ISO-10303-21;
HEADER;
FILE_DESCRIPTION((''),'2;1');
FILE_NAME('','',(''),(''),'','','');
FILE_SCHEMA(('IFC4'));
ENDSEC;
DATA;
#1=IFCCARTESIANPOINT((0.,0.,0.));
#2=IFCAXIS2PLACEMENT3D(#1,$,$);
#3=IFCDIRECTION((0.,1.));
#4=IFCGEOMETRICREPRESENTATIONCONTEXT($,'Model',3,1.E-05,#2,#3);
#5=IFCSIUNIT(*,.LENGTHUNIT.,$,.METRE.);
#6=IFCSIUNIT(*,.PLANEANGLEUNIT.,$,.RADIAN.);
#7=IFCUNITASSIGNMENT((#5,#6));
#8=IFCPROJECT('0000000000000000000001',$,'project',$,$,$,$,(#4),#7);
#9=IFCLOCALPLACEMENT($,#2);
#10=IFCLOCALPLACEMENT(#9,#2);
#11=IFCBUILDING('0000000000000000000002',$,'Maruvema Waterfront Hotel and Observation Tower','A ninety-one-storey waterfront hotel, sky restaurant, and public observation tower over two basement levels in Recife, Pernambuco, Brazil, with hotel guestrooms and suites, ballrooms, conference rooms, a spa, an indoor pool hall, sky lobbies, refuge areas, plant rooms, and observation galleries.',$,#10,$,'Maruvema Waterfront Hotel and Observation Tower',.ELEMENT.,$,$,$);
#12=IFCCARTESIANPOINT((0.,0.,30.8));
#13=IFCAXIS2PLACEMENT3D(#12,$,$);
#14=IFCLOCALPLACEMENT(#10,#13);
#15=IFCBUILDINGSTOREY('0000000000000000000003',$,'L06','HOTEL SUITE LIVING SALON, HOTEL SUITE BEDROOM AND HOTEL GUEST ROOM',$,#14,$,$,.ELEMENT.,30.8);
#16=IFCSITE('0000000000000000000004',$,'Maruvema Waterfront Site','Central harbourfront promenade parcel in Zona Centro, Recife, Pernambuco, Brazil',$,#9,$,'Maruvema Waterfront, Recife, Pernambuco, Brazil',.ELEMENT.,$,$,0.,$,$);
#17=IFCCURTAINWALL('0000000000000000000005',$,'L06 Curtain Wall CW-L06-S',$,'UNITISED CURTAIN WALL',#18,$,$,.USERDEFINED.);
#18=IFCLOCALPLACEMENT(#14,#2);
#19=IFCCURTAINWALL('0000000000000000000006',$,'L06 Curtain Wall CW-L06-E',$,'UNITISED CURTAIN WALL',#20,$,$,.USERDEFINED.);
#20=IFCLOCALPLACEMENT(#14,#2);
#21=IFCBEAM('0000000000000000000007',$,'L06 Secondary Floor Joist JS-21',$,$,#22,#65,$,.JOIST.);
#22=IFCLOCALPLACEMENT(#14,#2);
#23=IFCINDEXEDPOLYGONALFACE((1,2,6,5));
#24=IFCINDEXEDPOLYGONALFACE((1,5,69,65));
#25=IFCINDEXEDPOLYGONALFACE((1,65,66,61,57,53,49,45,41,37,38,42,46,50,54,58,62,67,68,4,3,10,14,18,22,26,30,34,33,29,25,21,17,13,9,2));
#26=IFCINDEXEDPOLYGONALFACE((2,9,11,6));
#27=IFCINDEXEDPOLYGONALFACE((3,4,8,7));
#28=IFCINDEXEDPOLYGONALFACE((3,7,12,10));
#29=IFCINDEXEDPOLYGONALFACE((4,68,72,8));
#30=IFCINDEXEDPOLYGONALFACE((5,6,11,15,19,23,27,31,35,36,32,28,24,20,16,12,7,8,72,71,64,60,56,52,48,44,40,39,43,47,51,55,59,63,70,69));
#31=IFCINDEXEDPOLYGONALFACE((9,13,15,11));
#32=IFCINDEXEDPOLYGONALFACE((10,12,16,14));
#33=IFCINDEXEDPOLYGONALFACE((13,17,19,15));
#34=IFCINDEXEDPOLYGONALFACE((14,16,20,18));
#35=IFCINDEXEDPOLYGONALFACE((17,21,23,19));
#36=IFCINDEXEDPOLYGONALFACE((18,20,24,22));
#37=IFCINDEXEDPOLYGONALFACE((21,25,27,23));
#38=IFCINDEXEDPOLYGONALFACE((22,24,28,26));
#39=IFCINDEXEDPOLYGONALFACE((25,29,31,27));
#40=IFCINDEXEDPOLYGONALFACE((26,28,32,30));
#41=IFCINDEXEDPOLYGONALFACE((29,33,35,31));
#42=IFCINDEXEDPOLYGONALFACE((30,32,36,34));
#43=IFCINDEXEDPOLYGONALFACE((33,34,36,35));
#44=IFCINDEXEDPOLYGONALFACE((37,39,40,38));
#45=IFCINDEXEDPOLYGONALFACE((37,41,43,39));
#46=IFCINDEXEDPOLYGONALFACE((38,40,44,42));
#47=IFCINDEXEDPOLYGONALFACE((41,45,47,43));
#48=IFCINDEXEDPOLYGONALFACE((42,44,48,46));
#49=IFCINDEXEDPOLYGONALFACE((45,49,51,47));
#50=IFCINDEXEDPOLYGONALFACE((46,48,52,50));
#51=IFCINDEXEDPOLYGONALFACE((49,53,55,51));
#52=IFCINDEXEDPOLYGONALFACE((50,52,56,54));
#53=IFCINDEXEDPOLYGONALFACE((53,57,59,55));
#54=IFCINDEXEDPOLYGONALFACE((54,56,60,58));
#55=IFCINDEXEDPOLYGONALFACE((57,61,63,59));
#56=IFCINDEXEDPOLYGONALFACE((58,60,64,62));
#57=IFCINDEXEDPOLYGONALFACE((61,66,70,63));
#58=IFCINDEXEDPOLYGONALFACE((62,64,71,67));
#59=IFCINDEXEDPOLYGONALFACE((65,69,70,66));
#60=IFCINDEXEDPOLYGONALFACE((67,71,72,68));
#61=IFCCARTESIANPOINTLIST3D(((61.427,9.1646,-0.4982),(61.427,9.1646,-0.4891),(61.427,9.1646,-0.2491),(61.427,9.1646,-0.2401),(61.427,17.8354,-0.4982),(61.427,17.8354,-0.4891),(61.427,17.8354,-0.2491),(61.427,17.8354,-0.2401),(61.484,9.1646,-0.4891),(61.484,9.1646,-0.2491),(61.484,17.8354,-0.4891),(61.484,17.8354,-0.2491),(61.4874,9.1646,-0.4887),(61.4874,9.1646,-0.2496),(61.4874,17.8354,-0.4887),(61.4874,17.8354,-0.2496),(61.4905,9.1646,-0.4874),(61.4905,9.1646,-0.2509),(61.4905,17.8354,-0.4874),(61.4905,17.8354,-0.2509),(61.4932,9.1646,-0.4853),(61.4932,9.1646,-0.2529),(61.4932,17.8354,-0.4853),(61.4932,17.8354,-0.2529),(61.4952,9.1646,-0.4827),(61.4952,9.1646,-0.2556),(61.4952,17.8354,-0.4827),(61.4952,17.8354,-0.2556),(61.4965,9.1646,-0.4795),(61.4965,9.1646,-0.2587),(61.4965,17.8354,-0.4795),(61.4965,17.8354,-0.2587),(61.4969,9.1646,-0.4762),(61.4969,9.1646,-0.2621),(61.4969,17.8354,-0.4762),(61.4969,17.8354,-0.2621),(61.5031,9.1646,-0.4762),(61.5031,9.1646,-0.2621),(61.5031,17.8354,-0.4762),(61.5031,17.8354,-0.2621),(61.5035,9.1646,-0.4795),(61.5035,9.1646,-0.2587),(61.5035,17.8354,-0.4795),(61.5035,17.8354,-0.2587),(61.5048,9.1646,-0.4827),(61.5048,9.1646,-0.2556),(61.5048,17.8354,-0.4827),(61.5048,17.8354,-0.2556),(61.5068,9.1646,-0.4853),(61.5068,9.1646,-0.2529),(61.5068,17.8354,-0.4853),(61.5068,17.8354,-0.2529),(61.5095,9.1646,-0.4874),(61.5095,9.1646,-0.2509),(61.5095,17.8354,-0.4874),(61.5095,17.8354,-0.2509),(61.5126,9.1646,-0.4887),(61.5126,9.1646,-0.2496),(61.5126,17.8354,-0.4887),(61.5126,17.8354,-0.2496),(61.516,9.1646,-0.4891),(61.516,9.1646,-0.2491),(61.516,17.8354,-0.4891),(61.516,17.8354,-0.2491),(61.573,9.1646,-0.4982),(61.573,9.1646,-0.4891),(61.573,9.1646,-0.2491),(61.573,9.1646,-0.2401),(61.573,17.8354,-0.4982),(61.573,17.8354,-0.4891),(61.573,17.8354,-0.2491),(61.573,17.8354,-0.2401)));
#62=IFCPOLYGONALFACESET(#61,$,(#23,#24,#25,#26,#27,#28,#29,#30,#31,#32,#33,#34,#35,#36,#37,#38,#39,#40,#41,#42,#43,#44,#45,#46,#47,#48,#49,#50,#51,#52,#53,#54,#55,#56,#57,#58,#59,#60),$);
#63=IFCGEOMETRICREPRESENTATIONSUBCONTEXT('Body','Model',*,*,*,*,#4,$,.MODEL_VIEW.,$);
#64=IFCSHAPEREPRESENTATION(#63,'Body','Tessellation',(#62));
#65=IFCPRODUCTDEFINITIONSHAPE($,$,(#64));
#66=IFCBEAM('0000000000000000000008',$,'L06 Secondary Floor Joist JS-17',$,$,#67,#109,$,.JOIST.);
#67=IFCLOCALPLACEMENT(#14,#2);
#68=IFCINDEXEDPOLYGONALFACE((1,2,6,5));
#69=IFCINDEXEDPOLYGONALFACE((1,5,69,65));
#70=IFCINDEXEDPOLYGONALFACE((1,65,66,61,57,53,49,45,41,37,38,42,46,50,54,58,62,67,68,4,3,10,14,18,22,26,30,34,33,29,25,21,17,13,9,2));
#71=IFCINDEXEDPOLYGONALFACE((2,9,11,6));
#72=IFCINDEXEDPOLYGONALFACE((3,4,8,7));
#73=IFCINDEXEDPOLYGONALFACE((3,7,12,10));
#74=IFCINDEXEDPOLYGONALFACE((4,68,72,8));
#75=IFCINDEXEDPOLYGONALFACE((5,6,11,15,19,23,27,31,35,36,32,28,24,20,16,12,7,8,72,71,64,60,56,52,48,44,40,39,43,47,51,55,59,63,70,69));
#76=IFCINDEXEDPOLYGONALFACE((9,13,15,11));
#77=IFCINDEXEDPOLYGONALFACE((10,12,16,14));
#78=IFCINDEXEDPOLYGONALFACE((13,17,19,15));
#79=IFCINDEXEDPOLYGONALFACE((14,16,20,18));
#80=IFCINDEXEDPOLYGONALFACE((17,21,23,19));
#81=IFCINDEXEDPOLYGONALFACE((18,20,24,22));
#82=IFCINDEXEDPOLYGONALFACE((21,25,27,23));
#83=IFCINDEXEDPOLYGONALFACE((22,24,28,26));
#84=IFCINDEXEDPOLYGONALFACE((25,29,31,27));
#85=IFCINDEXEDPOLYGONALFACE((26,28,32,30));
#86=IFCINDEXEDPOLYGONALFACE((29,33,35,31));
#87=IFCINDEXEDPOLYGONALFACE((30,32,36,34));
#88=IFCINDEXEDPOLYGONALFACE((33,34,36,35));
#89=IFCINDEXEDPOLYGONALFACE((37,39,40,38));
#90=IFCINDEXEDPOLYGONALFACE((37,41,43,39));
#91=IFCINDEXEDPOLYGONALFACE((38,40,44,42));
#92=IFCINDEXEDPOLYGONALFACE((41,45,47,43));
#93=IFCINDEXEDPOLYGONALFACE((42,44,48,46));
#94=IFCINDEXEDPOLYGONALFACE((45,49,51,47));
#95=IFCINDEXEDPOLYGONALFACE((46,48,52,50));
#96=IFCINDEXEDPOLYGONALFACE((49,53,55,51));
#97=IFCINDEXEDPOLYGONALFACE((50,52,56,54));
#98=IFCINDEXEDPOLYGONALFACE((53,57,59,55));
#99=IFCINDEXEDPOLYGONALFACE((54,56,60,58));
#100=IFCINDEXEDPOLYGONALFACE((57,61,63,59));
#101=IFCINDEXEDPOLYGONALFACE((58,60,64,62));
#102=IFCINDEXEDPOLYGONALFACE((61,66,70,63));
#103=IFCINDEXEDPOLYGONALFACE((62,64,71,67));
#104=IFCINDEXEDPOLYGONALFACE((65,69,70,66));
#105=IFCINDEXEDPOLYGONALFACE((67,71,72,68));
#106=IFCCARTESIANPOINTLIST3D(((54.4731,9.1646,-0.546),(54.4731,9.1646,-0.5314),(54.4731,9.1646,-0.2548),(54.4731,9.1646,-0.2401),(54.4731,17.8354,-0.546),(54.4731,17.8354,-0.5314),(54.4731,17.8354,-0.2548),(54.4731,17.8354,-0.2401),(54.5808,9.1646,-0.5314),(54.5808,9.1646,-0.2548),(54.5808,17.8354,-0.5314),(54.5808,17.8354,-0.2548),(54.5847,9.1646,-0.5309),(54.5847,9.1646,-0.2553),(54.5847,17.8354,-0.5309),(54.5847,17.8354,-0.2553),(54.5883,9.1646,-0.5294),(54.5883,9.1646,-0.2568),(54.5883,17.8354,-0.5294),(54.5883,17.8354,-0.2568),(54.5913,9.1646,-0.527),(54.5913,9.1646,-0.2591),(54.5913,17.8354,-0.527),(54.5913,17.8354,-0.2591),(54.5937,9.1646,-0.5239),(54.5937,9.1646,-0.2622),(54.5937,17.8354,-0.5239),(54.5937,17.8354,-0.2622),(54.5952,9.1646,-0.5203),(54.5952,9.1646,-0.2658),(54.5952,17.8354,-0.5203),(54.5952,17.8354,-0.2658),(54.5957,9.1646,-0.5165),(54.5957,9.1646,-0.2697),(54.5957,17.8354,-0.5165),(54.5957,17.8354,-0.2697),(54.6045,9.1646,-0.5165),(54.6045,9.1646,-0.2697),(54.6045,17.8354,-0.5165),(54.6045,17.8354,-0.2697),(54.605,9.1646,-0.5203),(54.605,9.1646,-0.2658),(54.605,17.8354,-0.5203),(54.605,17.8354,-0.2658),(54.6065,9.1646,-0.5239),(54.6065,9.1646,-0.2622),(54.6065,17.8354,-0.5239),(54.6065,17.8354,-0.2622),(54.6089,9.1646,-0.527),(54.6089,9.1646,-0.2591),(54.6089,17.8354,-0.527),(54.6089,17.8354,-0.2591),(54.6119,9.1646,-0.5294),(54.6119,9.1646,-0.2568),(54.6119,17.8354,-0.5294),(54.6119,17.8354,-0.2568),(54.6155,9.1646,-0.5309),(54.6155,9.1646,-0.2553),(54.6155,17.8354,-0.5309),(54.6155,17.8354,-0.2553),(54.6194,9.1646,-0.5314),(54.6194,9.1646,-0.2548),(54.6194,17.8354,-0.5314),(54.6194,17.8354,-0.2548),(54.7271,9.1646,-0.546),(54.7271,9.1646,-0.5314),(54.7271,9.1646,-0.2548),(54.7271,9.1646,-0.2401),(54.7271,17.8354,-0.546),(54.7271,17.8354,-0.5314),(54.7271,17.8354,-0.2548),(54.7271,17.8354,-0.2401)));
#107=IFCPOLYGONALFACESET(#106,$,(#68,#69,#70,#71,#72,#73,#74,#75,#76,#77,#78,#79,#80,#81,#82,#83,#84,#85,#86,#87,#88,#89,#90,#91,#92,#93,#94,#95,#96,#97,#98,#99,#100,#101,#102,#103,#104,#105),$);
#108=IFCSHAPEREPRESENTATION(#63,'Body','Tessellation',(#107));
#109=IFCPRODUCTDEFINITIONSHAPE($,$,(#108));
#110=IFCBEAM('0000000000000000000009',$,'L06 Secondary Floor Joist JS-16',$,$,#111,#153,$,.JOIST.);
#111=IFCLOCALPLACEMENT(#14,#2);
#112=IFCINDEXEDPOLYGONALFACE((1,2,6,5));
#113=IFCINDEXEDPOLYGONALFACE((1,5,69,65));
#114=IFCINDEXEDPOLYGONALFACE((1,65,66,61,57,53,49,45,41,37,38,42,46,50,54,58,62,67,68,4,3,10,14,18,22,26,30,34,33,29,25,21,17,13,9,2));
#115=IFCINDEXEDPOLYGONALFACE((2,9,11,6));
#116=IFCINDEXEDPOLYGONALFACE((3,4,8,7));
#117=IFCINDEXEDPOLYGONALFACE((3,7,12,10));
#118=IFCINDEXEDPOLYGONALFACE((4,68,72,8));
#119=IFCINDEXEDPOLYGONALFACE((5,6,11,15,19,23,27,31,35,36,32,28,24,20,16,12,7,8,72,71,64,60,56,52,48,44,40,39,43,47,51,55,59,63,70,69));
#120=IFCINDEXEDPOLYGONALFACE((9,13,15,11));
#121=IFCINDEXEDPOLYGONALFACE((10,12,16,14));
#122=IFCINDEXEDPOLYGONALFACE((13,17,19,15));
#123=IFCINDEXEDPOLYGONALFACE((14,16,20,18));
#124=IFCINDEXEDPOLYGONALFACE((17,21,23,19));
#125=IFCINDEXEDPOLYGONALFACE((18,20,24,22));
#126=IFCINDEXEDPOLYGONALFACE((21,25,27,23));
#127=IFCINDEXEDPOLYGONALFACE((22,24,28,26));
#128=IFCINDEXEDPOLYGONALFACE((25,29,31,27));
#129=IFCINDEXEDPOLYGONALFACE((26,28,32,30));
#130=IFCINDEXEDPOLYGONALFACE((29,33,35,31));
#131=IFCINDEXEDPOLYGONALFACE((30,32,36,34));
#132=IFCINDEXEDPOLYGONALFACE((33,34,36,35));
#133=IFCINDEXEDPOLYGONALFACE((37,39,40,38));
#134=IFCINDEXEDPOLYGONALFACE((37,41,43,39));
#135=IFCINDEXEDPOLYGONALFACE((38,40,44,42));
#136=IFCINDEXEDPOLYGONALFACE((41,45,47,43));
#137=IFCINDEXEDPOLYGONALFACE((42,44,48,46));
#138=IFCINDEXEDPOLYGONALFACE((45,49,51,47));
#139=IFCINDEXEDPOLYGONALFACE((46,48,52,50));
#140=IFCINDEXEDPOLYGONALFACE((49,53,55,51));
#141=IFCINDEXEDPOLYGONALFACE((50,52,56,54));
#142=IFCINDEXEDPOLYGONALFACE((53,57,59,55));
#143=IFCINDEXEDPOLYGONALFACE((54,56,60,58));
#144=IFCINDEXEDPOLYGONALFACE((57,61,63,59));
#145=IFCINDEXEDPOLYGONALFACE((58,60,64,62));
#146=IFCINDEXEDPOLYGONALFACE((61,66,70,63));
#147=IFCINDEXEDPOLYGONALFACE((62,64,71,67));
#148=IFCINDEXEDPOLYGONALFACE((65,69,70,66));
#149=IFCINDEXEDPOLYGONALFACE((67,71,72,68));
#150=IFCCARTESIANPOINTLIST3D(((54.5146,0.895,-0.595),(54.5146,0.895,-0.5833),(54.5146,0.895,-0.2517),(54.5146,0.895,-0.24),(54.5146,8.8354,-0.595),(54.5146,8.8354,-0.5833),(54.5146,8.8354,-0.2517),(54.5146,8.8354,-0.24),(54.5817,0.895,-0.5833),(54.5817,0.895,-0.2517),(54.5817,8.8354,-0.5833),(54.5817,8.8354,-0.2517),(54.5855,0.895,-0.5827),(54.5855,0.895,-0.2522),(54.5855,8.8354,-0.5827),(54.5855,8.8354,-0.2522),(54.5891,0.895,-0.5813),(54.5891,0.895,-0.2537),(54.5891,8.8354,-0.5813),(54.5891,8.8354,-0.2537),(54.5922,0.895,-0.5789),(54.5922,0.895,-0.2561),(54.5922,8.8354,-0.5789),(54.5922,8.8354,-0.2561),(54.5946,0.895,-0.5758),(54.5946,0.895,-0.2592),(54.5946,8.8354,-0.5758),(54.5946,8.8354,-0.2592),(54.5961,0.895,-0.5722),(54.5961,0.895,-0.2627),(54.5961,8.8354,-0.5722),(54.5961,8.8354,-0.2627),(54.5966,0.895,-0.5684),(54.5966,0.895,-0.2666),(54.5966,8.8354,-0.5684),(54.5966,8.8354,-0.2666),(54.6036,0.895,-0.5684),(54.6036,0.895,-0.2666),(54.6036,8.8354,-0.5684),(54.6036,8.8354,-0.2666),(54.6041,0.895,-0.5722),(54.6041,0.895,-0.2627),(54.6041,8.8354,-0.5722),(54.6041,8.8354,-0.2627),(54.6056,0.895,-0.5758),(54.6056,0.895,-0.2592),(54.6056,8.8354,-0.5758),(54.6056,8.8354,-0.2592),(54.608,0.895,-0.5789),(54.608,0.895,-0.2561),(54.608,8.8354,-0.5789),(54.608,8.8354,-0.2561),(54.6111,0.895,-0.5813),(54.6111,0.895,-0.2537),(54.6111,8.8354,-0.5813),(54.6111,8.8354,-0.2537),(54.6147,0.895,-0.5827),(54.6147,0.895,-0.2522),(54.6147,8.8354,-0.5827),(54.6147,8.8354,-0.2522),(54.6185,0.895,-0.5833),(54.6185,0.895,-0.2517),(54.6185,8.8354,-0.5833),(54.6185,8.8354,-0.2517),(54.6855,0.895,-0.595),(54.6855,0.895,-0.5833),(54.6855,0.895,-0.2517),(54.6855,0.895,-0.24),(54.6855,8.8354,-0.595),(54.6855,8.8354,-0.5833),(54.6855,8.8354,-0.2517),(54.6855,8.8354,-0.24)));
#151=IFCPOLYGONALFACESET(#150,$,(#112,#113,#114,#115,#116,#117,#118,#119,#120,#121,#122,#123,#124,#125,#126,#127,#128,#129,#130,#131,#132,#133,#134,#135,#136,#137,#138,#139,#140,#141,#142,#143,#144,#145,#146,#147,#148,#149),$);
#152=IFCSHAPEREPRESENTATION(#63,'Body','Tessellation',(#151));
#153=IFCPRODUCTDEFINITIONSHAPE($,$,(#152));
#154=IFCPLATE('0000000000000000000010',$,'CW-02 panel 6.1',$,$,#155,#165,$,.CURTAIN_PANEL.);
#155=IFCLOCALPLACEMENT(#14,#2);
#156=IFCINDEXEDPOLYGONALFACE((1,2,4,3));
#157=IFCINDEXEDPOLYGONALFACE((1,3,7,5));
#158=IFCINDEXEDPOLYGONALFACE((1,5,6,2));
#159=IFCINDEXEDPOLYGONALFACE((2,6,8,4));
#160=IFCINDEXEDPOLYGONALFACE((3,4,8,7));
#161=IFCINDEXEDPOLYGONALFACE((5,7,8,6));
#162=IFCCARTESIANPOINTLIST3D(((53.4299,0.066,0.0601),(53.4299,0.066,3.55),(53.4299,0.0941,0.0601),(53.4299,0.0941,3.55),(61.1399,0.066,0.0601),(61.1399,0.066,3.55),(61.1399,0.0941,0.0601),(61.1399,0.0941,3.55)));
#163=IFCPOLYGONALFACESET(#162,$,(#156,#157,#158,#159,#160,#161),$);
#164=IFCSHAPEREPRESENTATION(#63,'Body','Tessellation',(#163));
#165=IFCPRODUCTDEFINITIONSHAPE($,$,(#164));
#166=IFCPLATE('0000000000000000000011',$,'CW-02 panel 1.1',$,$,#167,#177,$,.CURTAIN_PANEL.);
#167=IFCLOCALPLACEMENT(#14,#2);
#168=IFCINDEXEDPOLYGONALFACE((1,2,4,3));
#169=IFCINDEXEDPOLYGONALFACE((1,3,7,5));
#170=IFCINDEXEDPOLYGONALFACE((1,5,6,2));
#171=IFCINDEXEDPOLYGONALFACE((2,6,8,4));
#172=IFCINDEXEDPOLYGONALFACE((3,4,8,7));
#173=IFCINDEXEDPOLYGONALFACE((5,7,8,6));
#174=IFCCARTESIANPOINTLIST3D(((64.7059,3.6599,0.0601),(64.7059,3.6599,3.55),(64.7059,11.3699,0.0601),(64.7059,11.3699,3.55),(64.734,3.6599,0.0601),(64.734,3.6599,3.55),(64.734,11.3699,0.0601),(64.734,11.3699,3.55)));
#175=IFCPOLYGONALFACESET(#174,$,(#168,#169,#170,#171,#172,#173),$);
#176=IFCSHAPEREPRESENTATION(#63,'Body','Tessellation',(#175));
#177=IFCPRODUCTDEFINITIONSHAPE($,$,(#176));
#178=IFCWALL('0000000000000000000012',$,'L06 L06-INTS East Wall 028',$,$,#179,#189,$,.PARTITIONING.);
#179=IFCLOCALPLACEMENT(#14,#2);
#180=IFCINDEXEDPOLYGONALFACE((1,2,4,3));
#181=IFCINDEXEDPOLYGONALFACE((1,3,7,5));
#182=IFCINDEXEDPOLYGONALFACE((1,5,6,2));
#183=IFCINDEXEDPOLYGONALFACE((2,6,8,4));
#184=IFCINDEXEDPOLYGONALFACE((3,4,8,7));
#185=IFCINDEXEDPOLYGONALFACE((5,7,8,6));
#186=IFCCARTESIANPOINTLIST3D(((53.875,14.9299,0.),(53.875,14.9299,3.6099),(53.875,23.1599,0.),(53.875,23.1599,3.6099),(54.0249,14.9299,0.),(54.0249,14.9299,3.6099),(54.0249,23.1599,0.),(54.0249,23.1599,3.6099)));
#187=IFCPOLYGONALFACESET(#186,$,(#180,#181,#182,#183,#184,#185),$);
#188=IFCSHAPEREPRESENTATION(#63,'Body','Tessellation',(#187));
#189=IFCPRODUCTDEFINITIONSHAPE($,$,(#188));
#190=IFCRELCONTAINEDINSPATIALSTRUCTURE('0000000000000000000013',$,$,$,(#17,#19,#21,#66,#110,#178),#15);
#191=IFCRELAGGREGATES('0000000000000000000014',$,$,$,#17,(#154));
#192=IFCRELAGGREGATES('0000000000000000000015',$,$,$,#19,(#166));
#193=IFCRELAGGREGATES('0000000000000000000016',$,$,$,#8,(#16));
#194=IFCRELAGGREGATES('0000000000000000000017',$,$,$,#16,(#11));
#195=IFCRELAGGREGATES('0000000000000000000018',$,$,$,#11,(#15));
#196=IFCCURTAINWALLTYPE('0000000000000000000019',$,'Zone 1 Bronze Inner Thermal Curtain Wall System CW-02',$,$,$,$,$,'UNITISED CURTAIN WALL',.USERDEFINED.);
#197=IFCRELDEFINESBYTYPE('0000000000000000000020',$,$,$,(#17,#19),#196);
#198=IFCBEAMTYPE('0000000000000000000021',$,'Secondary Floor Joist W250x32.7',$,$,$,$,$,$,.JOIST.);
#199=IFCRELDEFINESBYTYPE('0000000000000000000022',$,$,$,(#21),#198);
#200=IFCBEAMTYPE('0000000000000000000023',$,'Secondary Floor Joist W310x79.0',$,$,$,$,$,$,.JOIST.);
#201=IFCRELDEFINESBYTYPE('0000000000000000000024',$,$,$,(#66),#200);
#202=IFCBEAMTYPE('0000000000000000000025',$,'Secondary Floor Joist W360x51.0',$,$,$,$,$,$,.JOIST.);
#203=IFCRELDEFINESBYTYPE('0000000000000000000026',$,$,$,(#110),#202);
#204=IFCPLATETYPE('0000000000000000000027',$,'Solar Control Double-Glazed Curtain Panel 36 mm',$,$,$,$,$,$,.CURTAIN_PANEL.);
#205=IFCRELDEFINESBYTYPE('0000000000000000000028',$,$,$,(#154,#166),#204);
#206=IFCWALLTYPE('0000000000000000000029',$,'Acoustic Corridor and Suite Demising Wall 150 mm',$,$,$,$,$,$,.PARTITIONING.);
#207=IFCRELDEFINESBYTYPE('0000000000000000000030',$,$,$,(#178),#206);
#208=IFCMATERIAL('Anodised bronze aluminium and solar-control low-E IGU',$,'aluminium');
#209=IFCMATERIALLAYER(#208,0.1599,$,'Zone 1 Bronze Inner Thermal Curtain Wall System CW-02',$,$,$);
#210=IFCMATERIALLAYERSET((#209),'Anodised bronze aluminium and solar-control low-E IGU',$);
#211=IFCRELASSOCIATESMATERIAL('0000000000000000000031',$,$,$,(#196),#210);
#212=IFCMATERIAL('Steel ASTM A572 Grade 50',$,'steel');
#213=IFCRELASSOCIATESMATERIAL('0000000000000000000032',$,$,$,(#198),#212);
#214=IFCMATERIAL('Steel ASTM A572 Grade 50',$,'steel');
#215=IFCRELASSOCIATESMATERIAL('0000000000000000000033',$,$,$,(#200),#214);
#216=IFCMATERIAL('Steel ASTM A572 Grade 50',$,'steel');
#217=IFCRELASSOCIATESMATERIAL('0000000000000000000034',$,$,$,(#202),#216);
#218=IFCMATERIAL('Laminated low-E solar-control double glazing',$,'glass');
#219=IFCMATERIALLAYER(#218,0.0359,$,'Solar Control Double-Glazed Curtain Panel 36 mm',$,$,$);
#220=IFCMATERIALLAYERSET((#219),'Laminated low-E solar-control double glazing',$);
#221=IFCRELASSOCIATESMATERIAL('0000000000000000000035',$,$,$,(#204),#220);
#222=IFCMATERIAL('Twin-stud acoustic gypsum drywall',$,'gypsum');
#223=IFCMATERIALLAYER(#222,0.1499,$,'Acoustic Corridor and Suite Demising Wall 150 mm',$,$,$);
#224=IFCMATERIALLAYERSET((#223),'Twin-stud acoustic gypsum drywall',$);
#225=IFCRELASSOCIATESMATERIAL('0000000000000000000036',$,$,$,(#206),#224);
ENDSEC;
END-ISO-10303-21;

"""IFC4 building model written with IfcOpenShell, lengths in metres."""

from ifc_helpers import new_model, si_unit, direction, frame, frame_2d, origin, origin_2d, place, context, subcontext, project, spatial, rectangle, i_section, extrude, material, layer, layer_set, material_profile, profile_set, type_object, element, aggregate, save


model = new_model("IFC4")

# Units and contexts
model_context = context("Model", 3, precision=1e-05, world=origin(), true_north=direction((0.0, 1.0)))
body_context = subcontext(model_context, "Body", "Model", "MODEL_VIEW")
ifc_project = project(units=[si_unit("LENGTHUNIT", "METRE"), si_unit("PLANEANGLEUNIT", "RADIAN")], contexts=[model_context])

# Site, building, storey
site_placement = place(None, origin())
site = spatial("IfcSite", under=ifc_project, at=site_placement, Name="Maruvema Waterfront Site", Description="Central harbourfront promenade parcel in Zona Centro, Recife, Pernambuco, Brazil", LongName="Maruvema Waterfront, Recife, Pernambuco, Brazil", CompositionType="ELEMENT", RefElevation=0.0)
building_placement = place(site_placement, origin())
building = spatial("IfcBuilding", under=site, at=building_placement, Name="Maruvema Waterfront Hotel and Observation Tower", Description="A ninety-one-storey waterfront hotel, sky restaurant, and public observation tower over two basement levels in Recife, Pernambuco, Brazil, with hotel guestrooms and suites, ballrooms, conference rooms, a spa, an indoor pool hall, sky lobbies, refuge areas, plant rooms, and observation galleries.", LongName="Maruvema Waterfront Hotel and Observation Tower", CompositionType="ELEMENT")
storey_placement = place(building_placement, frame((0.0, 0.0, 30.8)))
storey = spatial("IfcBuildingStorey", under=building, at=storey_placement, Name="L06", Description="HOTEL SUITE LIVING SALON, HOTEL SUITE BEDROOM AND HOTEL GUEST ROOM", CompositionType="ELEMENT", Elevation=30.8)

# Curtain wall
ifc_material_1 = material(Name="Anodised bronze aluminium and solar-control low-E IGU", Category="aluminium")
ifc_layer_1 = layer(ifc_material_1, 0.1599, Name="Zone 1 Bronze Inner Thermal Curtain Wall System CW-02")
ifc_layer_set_1 = layer_set([ifc_layer_1], Name="Anodised bronze aluminium and solar-control low-E IGU")
curtain_wall_type = type_object("IfcCurtainWallType", Name="Zone 1 Bronze Inner Thermal Curtain Wall System CW-02", ElementType="UNITISED CURTAIN WALL", PredefinedType="USERDEFINED", material=ifc_layer_set_1)
curtain_wall_1_placement = place(storey_placement, origin())
curtain_wall_1 = element("IfcCurtainWall", 1, at=curtain_wall_1_placement, inside=storey, type_object=curtain_wall_type, Name="L06 Curtain Wall CW-L06-S", ObjectType="UNITISED CURTAIN WALL", PredefinedType="USERDEFINED")

# Curtain wall
curtain_wall_2_placement = place(storey_placement, origin())
curtain_wall_2 = element("IfcCurtainWall", 2, at=curtain_wall_2_placement, inside=storey, type_object=curtain_wall_type, Name="L06 Curtain Wall CW-L06-E", ObjectType="UNITISED CURTAIN WALL", PredefinedType="USERDEFINED")

# Beams
ifc_material_2 = material(Name="Steel ASTM A572 Grade 50", Category="steel")
ifc_material_profile_1 = material_profile(ifc_material_2, i_section(OverallWidth=0.146, OverallDepth=0.2581, WebThickness=0.0061, FlangeThickness=0.009, FilletRadius=0.0129, at=origin_2d()), Name="W250x32.7")
ifc_profile_set_1 = profile_set([ifc_material_profile_1], Name="Steel ASTM A572 Grade 50")
beam_type_1 = type_object("IfcBeamType", Name="Secondary Floor Joist W250x32.7", PredefinedType="JOIST", material=ifc_profile_set_1)
beam_1_placement = place(storey_placement, frame((61.5, 9.1646, -0.3691), z_axis=(0.0, 1.0, 0.0), x_axis=(-1.0, 0.0, 0.0)))
element("IfcBeam", 3, at=beam_1_placement, inside=storey, type_object=beam_type_1, Name="L06 Secondary Floor Joist JS-21", PredefinedType="JOIST", context=body_context, shape_type="SweptSolid", body=[
    extrude(i_section(OverallWidth=0.146, OverallDepth=0.2581, WebThickness=0.0061, FlangeThickness=0.009, FilletRadius=0.0129, at=origin_2d()), origin(), (0.0, 0.0, 1.0), 8.6709),
])
ifc_material_3 = material(Name="Steel ASTM A572 Grade 50", Category="steel")
ifc_material_profile_2 = material_profile(ifc_material_3, i_section(OverallWidth=0.2539, OverallDepth=0.3059, WebThickness=0.0088, FlangeThickness=0.0146, FilletRadius=0.0149, at=origin_2d()), Name="W310x79.0")
ifc_profile_set_2 = profile_set([ifc_material_profile_2], Name="Steel ASTM A572 Grade 50")
beam_type_2 = type_object("IfcBeamType", Name="Secondary Floor Joist W310x79.0", PredefinedType="JOIST", material=ifc_profile_set_2)
beam_2_placement = place(storey_placement, frame((54.6001, 9.1646, -0.3931), z_axis=(0.0, 1.0, 0.0), x_axis=(-1.0, 0.0, 0.0)))
element("IfcBeam", 4, at=beam_2_placement, inside=storey, type_object=beam_type_2, Name="L06 Secondary Floor Joist JS-17", PredefinedType="JOIST", context=body_context, shape_type="SweptSolid", body=[
    extrude(i_section(OverallWidth=0.2539, OverallDepth=0.3059, WebThickness=0.0088, FlangeThickness=0.0146, FilletRadius=0.0149, at=origin_2d()), origin(), (0.0, 0.0, 1.0), 8.6709),
])
ifc_material_4 = material(Name="Steel ASTM A572 Grade 50", Category="steel")
ifc_material_profile_3 = material_profile(ifc_material_4, i_section(OverallWidth=0.1709, OverallDepth=0.355, WebThickness=0.0071, FlangeThickness=0.0117, FilletRadius=0.0149, at=origin_2d()), Name="W360x51.0")
ifc_profile_set_3 = profile_set([ifc_material_profile_3], Name="Steel ASTM A572 Grade 50")
beam_type_3 = type_object("IfcBeamType", Name="Secondary Floor Joist W360x51.0", PredefinedType="JOIST", material=ifc_profile_set_3)
beam_3_placement = place(storey_placement, frame((54.6001, 0.895, -0.4175), z_axis=(0.0, 1.0, 0.0), x_axis=(-1.0, 0.0, 0.0)))
element("IfcBeam", 5, at=beam_3_placement, inside=storey, type_object=beam_type_3, Name="L06 Secondary Floor Joist JS-16", PredefinedType="JOIST", context=body_context, shape_type="SweptSolid", body=[
    extrude(i_section(OverallWidth=0.1709, OverallDepth=0.355, WebThickness=0.0071, FlangeThickness=0.0117, FilletRadius=0.0149, at=origin_2d()), origin(), (0.0, 0.0, 1.0), 7.9404),
])

# Plates
ifc_material_5 = material(Name="Laminated low-E solar-control double glazing", Category="glass")
ifc_layer_2 = layer(ifc_material_5, 0.0359, Name="Solar Control Double-Glazed Curtain Panel 36 mm")
ifc_layer_set_2 = layer_set([ifc_layer_2], Name="Laminated low-E solar-control double glazing")
plate_type = type_object("IfcPlateType", Name="Solar Control Double-Glazed Curtain Panel 36 mm", PredefinedType="CURTAIN_PANEL", material=ifc_layer_set_2)
plate_1_placement = place(storey_placement, frame((57.2849, 0.0801, 0.0601), z_axis=(0.0, 0.0, 1.0), x_axis=(1.0, 0.0, 0.0)))
plate_1 = element("IfcPlate", 6, at=plate_1_placement, type_object=plate_type, Name="CW-02 panel 6.1", PredefinedType="CURTAIN_PANEL", context=body_context, shape_type="SweptSolid", body=[
    extrude(rectangle(XDim=7.71, YDim=0.0281, at=origin_2d()), origin(), (0.0, 0.0, 1.0), 3.49),
])
aggregate(curtain_wall_1, [plate_1])
plate_2_placement = place(storey_placement, frame((64.72, 7.5149, 0.0601), z_axis=(0.0, 0.0, 1.0), x_axis=(0.0, 1.0, 0.0)))
plate_2 = element("IfcPlate", 7, at=plate_2_placement, type_object=plate_type, Name="CW-02 panel 1.1", PredefinedType="CURTAIN_PANEL", context=body_context, shape_type="SweptSolid", body=[
    extrude(rectangle(XDim=7.71, YDim=0.0281, at=origin_2d()), origin(), (0.0, 0.0, 1.0), 3.49),
])
aggregate(curtain_wall_2, [plate_2])

# Wall
ifc_material_6 = material(Name="Twin-stud acoustic gypsum drywall", Category="gypsum")
ifc_layer_3 = layer(ifc_material_6, 0.1499, Name="Acoustic Corridor and Suite Demising Wall 150 mm")
ifc_layer_set_3 = layer_set([ifc_layer_3], Name="Twin-stud acoustic gypsum drywall")
wall_type_1 = type_object("IfcWallType", Name="Acoustic Corridor and Suite Demising Wall 150 mm", PredefinedType="PARTITIONING", material=ifc_layer_set_3)
wall_1_placement = place(storey_placement, frame((53.95, 14.9299, 0.0), z_axis=(0.0, 0.0, 1.0), x_axis=(0.0, 1.0, 0.0)))
element("IfcWall", 8, at=wall_1_placement, inside=storey, type_object=wall_type_1, Name="L06 L06-INTS East Wall 028", PredefinedType="PARTITIONING", context=body_context, shape_type="SweptSolid", body=[
    extrude(rectangle(XDim=8.23, YDim=0.1499, at=frame_2d((4.115, 0.0))), origin(), (0.0, 0.0, 1.0), 3.6099),
])

save(model, "model.ifc")
